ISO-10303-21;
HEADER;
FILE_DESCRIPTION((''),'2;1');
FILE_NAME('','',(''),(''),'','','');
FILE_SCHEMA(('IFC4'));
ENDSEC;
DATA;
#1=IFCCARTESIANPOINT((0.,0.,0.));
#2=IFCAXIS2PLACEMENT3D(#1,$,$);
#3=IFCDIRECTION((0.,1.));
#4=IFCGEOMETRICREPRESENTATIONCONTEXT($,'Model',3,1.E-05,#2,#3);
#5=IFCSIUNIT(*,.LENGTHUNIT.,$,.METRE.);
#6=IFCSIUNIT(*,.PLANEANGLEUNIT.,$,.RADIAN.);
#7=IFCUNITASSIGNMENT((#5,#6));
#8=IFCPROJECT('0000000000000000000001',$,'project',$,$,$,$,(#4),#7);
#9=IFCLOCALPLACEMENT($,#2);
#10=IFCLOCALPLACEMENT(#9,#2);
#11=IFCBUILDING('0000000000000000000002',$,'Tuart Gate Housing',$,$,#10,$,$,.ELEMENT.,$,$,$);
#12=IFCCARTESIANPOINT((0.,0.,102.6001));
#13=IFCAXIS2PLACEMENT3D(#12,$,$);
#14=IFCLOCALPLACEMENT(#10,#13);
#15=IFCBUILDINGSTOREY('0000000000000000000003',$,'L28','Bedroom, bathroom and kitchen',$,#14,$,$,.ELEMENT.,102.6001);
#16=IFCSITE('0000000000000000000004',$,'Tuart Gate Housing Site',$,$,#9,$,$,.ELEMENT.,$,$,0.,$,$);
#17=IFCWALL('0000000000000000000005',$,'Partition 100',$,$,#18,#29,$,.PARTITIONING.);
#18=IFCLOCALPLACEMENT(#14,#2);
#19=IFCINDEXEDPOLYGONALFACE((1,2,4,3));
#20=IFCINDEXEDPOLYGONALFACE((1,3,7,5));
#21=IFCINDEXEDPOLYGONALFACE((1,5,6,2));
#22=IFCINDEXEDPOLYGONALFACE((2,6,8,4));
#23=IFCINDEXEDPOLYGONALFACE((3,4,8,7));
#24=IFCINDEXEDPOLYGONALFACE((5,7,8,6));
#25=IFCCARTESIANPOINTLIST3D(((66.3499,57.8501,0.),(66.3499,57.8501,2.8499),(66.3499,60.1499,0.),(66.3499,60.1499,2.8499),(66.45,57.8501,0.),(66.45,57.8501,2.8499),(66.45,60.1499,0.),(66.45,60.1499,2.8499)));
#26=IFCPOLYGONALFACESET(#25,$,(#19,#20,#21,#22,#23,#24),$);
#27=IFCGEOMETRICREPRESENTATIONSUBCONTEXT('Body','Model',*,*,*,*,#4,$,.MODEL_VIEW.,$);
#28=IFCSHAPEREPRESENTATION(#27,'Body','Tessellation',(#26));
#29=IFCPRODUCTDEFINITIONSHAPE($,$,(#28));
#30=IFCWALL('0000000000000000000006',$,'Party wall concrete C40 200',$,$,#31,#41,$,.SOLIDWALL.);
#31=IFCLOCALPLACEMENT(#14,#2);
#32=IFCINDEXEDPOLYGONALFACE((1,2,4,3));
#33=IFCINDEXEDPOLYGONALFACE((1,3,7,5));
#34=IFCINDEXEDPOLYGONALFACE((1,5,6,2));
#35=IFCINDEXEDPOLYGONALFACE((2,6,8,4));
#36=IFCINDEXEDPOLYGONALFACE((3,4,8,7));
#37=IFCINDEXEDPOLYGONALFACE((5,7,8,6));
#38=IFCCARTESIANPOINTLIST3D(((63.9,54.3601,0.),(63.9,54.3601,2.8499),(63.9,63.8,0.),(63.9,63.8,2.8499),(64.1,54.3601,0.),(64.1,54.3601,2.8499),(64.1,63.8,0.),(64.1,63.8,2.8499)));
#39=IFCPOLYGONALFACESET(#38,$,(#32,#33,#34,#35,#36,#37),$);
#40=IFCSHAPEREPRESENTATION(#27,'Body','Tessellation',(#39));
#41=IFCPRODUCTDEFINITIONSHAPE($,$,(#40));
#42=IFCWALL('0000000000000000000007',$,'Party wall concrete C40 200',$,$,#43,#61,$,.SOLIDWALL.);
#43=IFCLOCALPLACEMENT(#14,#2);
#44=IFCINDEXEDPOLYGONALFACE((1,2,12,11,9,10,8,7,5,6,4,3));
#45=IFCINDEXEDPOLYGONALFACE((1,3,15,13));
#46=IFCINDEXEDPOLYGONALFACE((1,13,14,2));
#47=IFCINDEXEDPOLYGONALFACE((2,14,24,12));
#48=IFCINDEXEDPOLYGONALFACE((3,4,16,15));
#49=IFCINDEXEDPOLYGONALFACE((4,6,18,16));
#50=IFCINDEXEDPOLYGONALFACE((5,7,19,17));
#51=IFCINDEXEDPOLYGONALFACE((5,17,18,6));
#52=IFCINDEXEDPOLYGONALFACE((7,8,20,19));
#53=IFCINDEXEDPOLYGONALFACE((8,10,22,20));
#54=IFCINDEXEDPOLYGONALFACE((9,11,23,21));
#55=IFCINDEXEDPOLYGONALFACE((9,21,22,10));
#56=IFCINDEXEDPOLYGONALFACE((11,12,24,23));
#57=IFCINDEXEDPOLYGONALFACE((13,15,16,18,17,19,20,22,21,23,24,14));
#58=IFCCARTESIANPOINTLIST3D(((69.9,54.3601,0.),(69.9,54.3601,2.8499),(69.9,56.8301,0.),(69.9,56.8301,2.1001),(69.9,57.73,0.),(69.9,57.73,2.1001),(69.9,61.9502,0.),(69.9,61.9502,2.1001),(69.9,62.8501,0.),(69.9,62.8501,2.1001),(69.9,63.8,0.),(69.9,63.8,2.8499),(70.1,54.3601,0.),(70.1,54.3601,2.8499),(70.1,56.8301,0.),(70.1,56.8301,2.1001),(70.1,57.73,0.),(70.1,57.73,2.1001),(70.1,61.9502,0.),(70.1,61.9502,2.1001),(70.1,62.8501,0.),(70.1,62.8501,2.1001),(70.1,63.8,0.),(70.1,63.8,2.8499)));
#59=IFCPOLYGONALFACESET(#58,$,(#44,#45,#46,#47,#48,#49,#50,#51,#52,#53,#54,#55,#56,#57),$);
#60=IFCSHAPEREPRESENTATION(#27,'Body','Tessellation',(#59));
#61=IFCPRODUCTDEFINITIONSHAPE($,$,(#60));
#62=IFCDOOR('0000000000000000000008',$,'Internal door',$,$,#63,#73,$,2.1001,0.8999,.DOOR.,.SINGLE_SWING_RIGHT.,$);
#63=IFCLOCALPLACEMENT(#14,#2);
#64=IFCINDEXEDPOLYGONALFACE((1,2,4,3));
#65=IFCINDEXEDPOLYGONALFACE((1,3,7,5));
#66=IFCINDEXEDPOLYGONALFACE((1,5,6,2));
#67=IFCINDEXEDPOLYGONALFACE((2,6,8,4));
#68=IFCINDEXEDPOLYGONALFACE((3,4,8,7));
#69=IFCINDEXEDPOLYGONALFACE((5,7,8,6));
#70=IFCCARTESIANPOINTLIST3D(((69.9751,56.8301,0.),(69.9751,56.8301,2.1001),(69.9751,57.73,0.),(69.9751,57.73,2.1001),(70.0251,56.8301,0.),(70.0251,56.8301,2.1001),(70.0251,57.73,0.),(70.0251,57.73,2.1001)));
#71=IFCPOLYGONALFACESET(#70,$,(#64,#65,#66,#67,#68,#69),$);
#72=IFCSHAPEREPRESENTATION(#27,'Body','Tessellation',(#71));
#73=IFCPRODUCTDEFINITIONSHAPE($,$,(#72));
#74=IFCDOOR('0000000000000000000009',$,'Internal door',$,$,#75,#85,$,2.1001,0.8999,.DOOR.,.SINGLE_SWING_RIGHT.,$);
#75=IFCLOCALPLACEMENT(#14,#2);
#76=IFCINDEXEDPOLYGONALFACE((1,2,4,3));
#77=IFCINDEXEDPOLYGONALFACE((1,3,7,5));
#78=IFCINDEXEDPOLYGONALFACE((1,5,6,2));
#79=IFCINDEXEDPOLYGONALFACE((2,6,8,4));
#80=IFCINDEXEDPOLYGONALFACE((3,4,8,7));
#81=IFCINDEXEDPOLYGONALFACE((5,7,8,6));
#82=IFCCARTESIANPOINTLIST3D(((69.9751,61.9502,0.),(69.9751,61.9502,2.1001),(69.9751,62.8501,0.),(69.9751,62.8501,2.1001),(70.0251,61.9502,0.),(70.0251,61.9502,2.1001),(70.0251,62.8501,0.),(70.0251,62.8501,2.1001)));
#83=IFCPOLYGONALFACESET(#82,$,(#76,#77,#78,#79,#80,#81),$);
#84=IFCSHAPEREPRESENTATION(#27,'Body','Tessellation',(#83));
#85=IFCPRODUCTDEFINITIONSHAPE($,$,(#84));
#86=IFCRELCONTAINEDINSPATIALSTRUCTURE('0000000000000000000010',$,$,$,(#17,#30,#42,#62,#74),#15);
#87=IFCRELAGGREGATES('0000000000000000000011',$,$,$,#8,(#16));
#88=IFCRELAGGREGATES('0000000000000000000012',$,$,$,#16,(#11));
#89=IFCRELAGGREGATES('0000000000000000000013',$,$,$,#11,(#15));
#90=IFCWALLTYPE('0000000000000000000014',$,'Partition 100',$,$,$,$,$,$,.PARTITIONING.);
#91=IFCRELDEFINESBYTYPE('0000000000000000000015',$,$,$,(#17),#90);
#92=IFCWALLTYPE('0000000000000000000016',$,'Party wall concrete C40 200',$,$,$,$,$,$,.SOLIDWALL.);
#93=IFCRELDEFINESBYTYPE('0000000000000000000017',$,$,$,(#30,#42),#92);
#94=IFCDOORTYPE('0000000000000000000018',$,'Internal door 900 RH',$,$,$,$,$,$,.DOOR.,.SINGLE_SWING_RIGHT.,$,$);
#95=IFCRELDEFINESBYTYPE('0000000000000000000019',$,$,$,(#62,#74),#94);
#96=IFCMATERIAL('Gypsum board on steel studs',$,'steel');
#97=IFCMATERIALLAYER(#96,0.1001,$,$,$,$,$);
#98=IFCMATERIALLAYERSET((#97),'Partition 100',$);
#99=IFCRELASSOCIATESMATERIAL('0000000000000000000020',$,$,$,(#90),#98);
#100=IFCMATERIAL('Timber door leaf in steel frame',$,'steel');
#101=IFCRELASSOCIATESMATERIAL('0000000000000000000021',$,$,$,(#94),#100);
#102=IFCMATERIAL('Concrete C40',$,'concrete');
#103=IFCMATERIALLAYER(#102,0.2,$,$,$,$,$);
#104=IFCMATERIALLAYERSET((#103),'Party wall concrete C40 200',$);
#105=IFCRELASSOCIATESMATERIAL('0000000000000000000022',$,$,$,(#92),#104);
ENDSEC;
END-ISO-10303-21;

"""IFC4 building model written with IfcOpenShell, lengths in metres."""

from ifc_helpers import new_model, si_unit, direction, frame, frame_2d, origin, place, context, subcontext, project, spatial, rectangle, extrude, material, layer, layer_set, type_object, element, fill, save


model = new_model("IFC4")

# Units and contexts
model_context = context("Model", 3, precision=1e-05, world=origin(), true_north=direction((0.0, 1.0)))
body_context = subcontext(model_context, "Body", "Model", "MODEL_VIEW")
ifc_project = project(units=[si_unit("LENGTHUNIT", "METRE"), si_unit("PLANEANGLEUNIT", "RADIAN")], contexts=[model_context])

# Site, building, storey
site_placement = place(None, origin())
site = spatial("IfcSite", under=ifc_project, at=site_placement, Name="Tuart Gate Housing Site", CompositionType="ELEMENT", RefElevation=0.0)
building_placement = place(site_placement, origin())
building = spatial("IfcBuilding", under=site, at=building_placement, Name="Tuart Gate Housing", CompositionType="ELEMENT")
storey_placement = place(building_placement, frame((0.0, 0.0, 102.6001)))
storey = spatial("IfcBuildingStorey", under=building, at=storey_placement, Name="L28", Description="Bedroom, bathroom and kitchen", CompositionType="ELEMENT", Elevation=102.6001)

# Shared definitions
ifc_material_1 = material(Name="Gypsum board on steel studs", Category="steel")
ifc_layer_1 = layer(ifc_material_1, 0.1001)
ifc_layer_set_1 = layer_set([ifc_layer_1], Name="Partition 100")
wall_type_1 = type_object("IfcWallType", Name="Partition 100", PredefinedType="PARTITIONING", material=ifc_layer_set_1)

# Shared definitions
ifc_material_2 = material(Name="Timber door leaf in steel frame", Category="steel")
door_type_1 = type_object("IfcDoorType", Name="Internal door 900 RH", OperationType="SINGLE_SWING_RIGHT", PredefinedType="DOOR", material=ifc_material_2)

# Walls
wall_1_placement = place(storey_placement, frame((66.3999, 57.8501, 0.0), z_axis=(0.0, 0.0, 1.0), x_axis=(0.0, 1.0, 0.0)))
element("IfcWall", 1, at=wall_1_placement, inside=storey, type_object=wall_type_1, Name="Partition 100", PredefinedType="PARTITIONING", context=body_context, shape_type="SweptSolid", body=[
    extrude(rectangle(XDim=2.2998, YDim=0.1001, at=frame_2d((1.1499, 0.0))), origin(), (0.0, 0.0, 1.0), 2.8499),
])
ifc_material_3 = material(Name="Concrete C40", Category="concrete")
ifc_layer_2 = layer(ifc_material_3, 0.2)
ifc_layer_set_2 = layer_set([ifc_layer_2], Name="Party wall concrete C40 200")
wall_type_2 = type_object("IfcWallType", Name="Party wall concrete C40 200", PredefinedType="SOLIDWALL", material=ifc_layer_set_2)
wall_2_placement = place(storey_placement, frame((64.0, 54.3601, 0.0), z_axis=(0.0, 0.0, 1.0), x_axis=(0.0, 1.0, 0.0)))
element("IfcWall", 2, at=wall_2_placement, inside=storey, type_object=wall_type_2, Name="Party wall concrete C40 200", PredefinedType="SOLIDWALL", context=body_context, shape_type="SweptSolid", body=[
    extrude(rectangle(XDim=9.4399, YDim=0.2, at=frame_2d((4.72, 0.0))), origin(), (0.0, 0.0, 1.0), 2.8499),
])

# Wall, openings, doors
wall_3_placement = place(storey_placement, frame((70.0, 54.3601, 0.0), z_axis=(0.0, 0.0, 1.0), x_axis=(0.0, 1.0, 0.0)))
wall_3 = element("IfcWall", 3, at=wall_3_placement, inside=storey, type_object=wall_type_2, Name="Party wall concrete C40 200", PredefinedType="SOLIDWALL", context=body_context, shape_type="SweptSolid", body=[
    extrude(rectangle(XDim=9.4399, YDim=0.2, at=frame_2d((4.72, 0.0))), origin(), (0.0, 0.0, 1.0), 2.8499),
])
opening_1_placement = place(wall_3_placement, frame((2.47, 0.0, 0.0)))
opening_1 = element("IfcOpeningElement", 4, at=opening_1_placement, cuts=wall_3, PredefinedType="OPENING", context=body_context, shape_type="SweptSolid", body=[
    extrude(rectangle(XDim=0.8999, YDim=2.1001, at=frame_2d((0.45, 1.05))), frame((0.0, 0.1099, 0.0), z_axis=(0.0, -1.0, 0.0), x_axis=(1.0, 0.0, 0.0)), (0.0, 0.0, 1.0), 0.22),
])
opening_2_placement = place(wall_3_placement, frame((7.5901, 0.0, 0.0)))
opening_2 = element("IfcOpeningElement", 5, at=opening_2_placement, cuts=wall_3, PredefinedType="OPENING", context=body_context, shape_type="SweptSolid", body=[
    extrude(rectangle(XDim=0.8999, YDim=2.1001, at=frame_2d((0.45, 1.05))), frame((0.0, 0.1099, 0.0), z_axis=(0.0, -1.0, 0.0), x_axis=(1.0, 0.0, 0.0)), (0.0, 0.0, 1.0), 0.22),
])
door_1_placement = place(opening_1_placement, frame((0.8999, 0.0, 0.0), z_axis=(0.0, 0.0, 1.0), x_axis=(-1.0, 0.0, 0.0)))
door_1 = element("IfcDoor", 6, at=door_1_placement, inside=storey, type_object=door_type_1, Name="Internal door", OperationType="SINGLE_SWING_RIGHT", OverallHeight=2.1001, OverallWidth=0.8999, PredefinedType="DOOR", context=body_context, shape_type="SweptSolid", body=[
    extrude(rectangle(XDim=0.8999, YDim=2.1001, at=frame_2d((0.45, 1.05))), frame((0.0, 0.0251, 0.0), z_axis=(0.0, -1.0, 0.0), x_axis=(1.0, 0.0, 0.0)), (0.0, 0.0, 1.0), 0.05),
])
fill(opening_1, door_1)
door_2_placement = place(opening_2_placement, frame((0.8999, 0.0, 0.0), z_axis=(0.0, 0.0, 1.0), x_axis=(-1.0, 0.0, 0.0)))
door_2 = element("IfcDoor", 7, at=door_2_placement, inside=storey, type_object=door_type_1, Name="Internal door", OperationType="SINGLE_SWING_RIGHT", OverallHeight=2.1001, OverallWidth=0.8999, PredefinedType="DOOR", context=body_context, shape_type="SweptSolid", body=[
    extrude(rectangle(XDim=0.8999, YDim=2.1001, at=frame_2d((0.45, 1.05))), frame((0.0, 0.0251, 0.0), z_axis=(0.0, -1.0, 0.0), x_axis=(1.0, 0.0, 0.0)), (0.0, 0.0, 1.0), 0.05),
])
fill(opening_2, door_2)

save(model, "model.ifc")
